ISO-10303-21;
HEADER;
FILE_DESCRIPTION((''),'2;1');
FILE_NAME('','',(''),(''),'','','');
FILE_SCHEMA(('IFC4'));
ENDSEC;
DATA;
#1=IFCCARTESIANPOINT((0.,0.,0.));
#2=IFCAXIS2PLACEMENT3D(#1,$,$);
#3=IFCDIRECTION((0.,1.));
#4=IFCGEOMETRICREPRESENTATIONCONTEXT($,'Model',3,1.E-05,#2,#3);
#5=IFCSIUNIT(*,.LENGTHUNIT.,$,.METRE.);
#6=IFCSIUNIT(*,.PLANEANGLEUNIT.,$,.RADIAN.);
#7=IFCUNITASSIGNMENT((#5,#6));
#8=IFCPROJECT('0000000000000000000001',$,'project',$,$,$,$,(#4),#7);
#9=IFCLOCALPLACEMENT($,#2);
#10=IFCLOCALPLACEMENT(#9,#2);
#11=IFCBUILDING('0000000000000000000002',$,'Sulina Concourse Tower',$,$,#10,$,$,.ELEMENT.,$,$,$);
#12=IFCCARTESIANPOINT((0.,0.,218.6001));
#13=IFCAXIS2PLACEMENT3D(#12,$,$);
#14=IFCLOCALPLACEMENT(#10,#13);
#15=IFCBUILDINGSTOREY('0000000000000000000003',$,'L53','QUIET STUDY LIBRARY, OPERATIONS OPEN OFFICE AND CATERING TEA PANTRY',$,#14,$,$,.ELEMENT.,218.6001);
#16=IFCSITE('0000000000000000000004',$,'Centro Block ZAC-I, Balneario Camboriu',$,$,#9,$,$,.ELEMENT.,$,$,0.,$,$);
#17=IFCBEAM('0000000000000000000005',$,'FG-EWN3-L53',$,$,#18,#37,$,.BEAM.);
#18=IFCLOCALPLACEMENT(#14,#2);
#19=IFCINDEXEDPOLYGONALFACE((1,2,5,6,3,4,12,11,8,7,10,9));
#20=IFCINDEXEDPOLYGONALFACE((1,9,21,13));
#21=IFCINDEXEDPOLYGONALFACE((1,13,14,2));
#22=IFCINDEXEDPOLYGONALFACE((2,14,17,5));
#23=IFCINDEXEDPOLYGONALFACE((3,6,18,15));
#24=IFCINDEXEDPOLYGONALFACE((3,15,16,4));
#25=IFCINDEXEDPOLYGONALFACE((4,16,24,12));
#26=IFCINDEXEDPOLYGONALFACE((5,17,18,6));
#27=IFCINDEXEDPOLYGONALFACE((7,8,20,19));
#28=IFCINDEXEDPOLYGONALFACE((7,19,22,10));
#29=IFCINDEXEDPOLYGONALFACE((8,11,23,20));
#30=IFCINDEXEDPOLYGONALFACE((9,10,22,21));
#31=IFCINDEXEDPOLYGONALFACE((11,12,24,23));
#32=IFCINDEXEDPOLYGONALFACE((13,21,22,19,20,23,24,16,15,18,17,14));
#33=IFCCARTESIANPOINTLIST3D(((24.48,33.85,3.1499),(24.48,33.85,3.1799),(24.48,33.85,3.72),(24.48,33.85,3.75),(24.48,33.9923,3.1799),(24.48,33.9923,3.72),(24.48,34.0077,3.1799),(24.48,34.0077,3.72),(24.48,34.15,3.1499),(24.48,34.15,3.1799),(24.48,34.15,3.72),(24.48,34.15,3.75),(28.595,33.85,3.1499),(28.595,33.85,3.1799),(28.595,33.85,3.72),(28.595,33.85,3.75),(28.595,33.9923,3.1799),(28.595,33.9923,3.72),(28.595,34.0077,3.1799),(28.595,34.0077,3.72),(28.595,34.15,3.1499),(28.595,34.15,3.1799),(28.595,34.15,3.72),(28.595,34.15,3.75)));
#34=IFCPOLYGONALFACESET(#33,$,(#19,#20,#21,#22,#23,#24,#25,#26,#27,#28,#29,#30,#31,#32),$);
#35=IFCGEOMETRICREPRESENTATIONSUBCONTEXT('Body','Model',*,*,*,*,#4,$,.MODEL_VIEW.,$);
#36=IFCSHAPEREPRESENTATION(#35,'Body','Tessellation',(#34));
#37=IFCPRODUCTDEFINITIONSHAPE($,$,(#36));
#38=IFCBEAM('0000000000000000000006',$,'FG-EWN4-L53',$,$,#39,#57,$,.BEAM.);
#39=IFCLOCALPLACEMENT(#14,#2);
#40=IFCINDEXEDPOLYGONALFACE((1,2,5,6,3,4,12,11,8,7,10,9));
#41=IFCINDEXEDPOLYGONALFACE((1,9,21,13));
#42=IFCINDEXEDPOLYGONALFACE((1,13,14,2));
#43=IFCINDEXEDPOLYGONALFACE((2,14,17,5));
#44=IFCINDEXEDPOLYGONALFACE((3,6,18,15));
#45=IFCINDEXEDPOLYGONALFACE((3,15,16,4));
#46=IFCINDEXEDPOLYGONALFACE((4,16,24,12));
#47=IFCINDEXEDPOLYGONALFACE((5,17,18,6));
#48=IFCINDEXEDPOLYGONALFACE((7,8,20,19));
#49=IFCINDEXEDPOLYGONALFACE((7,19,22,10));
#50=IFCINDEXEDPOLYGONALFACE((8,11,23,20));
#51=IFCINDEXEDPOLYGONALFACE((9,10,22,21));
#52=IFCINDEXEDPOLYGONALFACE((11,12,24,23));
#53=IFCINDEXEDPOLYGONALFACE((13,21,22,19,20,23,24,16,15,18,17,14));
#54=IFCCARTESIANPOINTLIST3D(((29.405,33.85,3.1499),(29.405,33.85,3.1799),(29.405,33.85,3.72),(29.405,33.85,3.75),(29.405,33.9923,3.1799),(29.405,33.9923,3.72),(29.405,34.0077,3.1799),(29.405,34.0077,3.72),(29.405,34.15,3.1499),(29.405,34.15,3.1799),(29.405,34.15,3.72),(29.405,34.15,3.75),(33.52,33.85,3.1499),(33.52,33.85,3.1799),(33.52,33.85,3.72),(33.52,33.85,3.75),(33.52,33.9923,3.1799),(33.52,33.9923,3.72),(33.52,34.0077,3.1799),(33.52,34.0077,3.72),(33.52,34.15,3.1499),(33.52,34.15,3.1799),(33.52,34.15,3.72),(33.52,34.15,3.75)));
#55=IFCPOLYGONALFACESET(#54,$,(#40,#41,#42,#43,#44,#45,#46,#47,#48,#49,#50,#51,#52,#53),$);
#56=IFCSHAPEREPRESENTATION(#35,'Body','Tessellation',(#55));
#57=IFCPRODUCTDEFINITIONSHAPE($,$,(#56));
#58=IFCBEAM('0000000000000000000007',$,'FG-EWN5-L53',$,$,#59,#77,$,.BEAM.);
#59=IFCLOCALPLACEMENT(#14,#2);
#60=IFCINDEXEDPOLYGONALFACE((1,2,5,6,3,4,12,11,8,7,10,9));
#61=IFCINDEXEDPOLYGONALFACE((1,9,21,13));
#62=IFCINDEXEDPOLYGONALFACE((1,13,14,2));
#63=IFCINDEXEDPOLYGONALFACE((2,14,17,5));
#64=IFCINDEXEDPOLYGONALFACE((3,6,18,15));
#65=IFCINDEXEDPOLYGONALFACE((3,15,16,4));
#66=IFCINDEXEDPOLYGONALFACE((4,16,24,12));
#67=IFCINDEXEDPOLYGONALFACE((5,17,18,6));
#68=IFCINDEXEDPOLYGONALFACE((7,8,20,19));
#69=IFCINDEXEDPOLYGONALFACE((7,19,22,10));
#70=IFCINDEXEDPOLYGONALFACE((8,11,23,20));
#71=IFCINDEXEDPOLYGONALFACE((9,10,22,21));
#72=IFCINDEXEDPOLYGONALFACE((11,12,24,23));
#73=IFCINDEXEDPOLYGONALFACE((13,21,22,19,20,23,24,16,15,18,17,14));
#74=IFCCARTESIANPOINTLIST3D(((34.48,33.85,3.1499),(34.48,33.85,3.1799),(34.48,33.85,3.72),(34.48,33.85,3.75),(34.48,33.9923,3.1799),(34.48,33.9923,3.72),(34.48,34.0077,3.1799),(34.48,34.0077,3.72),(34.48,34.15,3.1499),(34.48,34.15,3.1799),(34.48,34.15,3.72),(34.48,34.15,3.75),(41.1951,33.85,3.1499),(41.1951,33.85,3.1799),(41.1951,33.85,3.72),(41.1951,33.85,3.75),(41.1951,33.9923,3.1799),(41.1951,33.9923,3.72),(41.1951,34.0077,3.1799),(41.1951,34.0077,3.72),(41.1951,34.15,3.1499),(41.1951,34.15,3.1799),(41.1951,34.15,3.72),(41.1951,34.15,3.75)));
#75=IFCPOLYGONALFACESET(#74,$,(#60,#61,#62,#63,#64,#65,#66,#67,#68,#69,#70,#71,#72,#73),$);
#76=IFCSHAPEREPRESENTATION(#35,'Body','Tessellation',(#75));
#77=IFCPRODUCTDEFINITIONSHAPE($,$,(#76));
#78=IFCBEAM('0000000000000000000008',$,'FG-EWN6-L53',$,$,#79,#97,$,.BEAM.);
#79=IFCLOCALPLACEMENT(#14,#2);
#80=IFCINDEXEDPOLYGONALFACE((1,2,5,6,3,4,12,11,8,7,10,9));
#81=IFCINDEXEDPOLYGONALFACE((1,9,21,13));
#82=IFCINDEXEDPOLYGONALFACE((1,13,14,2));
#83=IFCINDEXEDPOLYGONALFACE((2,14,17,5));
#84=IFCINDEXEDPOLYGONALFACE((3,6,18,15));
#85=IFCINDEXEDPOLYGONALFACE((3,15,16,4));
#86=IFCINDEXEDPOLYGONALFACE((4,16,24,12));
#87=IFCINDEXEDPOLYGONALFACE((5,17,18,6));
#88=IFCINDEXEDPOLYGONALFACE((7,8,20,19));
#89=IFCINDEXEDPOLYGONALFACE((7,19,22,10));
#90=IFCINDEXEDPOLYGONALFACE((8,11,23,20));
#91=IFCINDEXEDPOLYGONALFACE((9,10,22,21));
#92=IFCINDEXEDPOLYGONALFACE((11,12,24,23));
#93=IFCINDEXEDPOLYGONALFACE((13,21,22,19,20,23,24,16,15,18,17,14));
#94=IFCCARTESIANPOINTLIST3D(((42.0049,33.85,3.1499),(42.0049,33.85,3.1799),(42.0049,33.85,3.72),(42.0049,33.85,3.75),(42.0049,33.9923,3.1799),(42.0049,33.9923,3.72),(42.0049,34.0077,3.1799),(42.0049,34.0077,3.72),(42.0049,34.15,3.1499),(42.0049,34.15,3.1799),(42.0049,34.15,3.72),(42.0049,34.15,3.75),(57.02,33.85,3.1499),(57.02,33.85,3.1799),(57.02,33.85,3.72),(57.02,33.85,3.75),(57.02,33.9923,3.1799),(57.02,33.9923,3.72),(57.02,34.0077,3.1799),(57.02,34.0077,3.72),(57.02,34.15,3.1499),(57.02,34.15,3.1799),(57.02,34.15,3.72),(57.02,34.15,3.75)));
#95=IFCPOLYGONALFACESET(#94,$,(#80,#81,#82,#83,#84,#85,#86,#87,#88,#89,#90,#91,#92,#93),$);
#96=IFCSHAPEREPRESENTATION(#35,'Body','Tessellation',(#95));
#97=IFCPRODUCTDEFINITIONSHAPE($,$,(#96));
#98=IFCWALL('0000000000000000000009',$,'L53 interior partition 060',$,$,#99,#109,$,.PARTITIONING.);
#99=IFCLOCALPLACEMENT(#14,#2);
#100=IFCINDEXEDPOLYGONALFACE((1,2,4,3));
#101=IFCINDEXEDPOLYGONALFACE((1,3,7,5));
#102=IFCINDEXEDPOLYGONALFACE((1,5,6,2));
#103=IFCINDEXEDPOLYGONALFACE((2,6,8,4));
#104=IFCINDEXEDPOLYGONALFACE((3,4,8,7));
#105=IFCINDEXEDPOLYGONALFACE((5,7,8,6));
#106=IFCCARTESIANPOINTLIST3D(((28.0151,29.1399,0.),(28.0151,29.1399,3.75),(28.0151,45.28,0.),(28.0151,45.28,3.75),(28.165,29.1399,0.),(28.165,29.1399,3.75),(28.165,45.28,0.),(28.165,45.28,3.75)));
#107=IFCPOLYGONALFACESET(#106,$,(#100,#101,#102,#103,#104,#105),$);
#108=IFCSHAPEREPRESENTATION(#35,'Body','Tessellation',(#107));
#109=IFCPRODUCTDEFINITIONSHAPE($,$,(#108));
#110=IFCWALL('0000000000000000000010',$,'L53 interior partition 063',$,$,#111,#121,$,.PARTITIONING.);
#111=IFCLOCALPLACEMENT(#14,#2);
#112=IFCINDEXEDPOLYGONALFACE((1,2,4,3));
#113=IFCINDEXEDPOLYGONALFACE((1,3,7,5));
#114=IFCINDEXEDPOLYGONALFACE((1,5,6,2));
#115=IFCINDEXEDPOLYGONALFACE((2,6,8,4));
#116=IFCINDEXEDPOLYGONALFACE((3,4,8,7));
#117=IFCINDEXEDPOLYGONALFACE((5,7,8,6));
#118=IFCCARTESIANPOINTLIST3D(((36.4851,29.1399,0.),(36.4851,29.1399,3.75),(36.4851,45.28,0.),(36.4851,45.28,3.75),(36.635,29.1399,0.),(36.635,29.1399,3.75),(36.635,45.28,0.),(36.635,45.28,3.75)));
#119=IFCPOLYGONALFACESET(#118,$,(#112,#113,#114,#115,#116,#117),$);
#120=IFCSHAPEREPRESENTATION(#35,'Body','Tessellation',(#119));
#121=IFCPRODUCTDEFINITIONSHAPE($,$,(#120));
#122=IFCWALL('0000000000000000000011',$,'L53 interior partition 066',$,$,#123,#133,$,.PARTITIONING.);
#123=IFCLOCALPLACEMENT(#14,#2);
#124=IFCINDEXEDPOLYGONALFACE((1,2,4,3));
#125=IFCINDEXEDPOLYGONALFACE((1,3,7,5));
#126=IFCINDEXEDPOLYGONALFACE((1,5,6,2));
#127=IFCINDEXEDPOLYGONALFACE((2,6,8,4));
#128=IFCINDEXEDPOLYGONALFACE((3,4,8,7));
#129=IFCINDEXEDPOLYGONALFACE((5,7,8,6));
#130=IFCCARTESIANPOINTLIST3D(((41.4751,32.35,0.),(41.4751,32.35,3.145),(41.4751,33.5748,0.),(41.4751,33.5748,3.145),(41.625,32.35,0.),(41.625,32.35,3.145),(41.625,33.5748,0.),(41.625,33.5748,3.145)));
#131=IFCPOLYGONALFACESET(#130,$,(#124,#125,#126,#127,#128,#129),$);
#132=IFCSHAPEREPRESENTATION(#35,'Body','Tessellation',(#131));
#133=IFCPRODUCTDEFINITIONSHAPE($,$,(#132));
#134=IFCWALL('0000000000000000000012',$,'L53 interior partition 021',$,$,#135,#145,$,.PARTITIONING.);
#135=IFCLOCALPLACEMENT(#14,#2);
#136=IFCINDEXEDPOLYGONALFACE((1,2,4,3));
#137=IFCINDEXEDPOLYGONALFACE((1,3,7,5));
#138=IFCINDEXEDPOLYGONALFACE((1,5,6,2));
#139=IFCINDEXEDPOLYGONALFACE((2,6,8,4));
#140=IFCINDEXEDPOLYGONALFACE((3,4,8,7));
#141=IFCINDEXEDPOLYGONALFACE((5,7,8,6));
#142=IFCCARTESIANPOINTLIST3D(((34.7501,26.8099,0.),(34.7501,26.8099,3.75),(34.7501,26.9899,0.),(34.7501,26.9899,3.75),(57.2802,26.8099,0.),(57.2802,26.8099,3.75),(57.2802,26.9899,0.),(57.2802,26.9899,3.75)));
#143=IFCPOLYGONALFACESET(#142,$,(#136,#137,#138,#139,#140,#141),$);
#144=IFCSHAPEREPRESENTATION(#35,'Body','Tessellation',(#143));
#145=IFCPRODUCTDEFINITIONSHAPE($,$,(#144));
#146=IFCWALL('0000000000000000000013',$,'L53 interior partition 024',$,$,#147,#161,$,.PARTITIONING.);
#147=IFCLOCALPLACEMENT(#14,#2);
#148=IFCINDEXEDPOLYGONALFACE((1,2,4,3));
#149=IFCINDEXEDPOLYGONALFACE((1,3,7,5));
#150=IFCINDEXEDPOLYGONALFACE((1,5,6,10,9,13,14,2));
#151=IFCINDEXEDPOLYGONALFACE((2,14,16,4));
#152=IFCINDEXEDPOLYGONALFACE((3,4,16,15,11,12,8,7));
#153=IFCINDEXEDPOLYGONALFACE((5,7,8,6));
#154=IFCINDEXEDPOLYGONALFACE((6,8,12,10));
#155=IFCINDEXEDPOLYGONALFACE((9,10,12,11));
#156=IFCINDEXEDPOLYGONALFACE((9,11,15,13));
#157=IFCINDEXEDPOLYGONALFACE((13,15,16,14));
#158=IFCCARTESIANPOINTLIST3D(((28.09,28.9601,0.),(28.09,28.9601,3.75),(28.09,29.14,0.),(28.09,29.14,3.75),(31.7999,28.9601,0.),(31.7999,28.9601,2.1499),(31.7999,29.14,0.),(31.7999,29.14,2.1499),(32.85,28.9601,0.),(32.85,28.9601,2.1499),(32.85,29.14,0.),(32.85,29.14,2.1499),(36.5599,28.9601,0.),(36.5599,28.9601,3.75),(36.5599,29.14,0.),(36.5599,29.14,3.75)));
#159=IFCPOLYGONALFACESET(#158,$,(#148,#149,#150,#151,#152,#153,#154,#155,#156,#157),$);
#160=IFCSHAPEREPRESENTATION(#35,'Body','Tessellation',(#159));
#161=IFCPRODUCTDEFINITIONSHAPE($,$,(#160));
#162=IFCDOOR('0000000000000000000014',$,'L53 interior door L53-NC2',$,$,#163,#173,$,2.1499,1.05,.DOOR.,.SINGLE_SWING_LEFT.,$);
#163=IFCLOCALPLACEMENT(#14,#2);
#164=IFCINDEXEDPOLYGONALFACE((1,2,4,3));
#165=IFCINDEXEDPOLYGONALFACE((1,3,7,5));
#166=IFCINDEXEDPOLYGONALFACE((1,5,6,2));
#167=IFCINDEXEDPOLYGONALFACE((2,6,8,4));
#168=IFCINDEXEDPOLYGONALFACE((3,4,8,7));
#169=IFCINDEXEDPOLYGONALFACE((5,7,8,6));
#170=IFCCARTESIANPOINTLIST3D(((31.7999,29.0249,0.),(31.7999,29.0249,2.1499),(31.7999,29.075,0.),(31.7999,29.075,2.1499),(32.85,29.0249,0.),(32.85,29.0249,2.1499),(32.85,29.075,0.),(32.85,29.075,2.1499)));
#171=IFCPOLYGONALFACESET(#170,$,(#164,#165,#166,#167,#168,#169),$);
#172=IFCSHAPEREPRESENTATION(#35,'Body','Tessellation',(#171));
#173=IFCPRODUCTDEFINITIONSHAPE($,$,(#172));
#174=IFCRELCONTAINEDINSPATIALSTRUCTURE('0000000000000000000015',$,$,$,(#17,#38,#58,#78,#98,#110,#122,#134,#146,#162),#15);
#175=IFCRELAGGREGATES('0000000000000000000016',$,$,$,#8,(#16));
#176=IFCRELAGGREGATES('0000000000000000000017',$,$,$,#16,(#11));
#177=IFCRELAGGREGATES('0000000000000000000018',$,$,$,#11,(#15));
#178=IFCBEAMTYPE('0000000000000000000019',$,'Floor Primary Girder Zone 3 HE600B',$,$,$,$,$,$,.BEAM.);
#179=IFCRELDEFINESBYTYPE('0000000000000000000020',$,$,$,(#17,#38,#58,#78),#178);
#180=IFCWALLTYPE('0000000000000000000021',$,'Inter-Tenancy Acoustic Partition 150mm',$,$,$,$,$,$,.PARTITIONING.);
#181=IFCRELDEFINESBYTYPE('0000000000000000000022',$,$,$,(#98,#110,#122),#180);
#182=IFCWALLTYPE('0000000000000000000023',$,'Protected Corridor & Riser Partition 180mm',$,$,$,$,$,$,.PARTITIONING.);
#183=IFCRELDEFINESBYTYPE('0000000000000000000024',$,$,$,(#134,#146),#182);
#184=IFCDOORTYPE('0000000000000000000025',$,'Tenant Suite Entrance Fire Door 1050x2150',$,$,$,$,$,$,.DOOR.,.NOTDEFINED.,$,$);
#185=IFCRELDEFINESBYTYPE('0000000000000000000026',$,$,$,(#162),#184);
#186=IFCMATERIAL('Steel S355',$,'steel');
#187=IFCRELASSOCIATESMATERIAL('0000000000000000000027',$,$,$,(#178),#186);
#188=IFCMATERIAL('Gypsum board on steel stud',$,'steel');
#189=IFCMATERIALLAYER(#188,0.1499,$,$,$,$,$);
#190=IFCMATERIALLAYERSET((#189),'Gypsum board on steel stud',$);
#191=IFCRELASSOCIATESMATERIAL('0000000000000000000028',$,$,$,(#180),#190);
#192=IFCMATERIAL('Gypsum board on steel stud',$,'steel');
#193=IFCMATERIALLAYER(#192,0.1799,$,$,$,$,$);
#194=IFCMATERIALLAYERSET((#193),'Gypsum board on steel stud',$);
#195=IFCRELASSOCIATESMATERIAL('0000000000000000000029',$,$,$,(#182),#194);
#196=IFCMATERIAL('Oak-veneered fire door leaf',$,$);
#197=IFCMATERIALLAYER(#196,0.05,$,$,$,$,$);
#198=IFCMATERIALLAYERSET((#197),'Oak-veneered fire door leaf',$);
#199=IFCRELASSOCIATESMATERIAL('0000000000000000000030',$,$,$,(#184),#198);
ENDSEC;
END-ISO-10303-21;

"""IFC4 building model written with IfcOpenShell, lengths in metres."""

from ifc_helpers import new_model, si_unit, direction, frame, frame_2d, origin, origin_2d, place, context, subcontext, project, spatial, rectangle, i_section, extrude, material, layer, layer_set, material_profile, profile_set, type_object, element, fill, save


model = new_model("IFC4")

# Units and contexts
model_context = context("Model", 3, precision=1e-05, world=origin(), true_north=direction((0.0, 1.0)))
body_context = subcontext(model_context, "Body", "Model", "MODEL_VIEW")
ifc_project = project(units=[si_unit("LENGTHUNIT", "METRE"), si_unit("PLANEANGLEUNIT", "RADIAN")], contexts=[model_context])

# Site, building, storey
site_placement = place(None, origin())
site = spatial("IfcSite", under=ifc_project, at=site_placement, Name="Centro Block ZAC-I, Balneario Camboriu", CompositionType="ELEMENT", RefElevation=0.0)
building_placement = place(site_placement, origin())
building = spatial("IfcBuilding", under=site, at=building_placement, Name="Sulina Concourse Tower", CompositionType="ELEMENT")
storey_placement = place(building_placement, frame((0.0, 0.0, 218.6001)))
storey = spatial("IfcBuildingStorey", under=building, at=storey_placement, Name="L53", Description="QUIET STUDY LIBRARY, OPERATIONS OPEN OFFICE AND CATERING TEA PANTRY", CompositionType="ELEMENT", Elevation=218.6001)

# Beams
ifc_material_1 = material(Name="Steel S355", Category="steel")
ifc_material_profile_1 = material_profile(ifc_material_1, i_section(OverallWidth=0.3, OverallDepth=0.6001, WebThickness=0.0154, FlangeThickness=0.03, at=origin_2d()), Name="HE 600 B")
ifc_profile_set_1 = profile_set([ifc_material_profile_1], Name="Steel S355")
beam_type_1 = type_object("IfcBeamType", Name="Floor Primary Girder Zone 3 HE600B", PredefinedType="BEAM", material=ifc_profile_set_1)
for number, where, z_axis, x_axis, name in (
    (1, (24.48, 34.0, 3.45), (1.0, 0.0, 0.0), (0.0, 1.0, 0.0), "FG-EWN3-L53"),
    (2, (29.405, 34.0, 3.45), (1.0, 0.0, 0.0), (0.0, 1.0, 0.0), "FG-EWN4-L53"),
):
    element("IfcBeam", number, at=place(storey_placement, frame(where, z_axis=z_axis, x_axis=x_axis)), inside=storey, type_object=beam_type_1, Name=name, PredefinedType="BEAM", context=body_context, shape_type="SweptSolid", body=[
        extrude(i_section(OverallWidth=0.3, OverallDepth=0.6001, WebThickness=0.0154, FlangeThickness=0.03, at=origin_2d()), origin(), (0.0, 0.0, 1.0), 4.115),
    ])
beam_1_placement = place(storey_placement, frame((34.48, 34.0, 3.45), z_axis=(1.0, 0.0, 0.0), x_axis=(0.0, 1.0, 0.0)))
element("IfcBeam", 3, at=beam_1_placement, inside=storey, type_object=beam_type_1, Name="FG-EWN5-L53", PredefinedType="BEAM", context=body_context, shape_type="SweptSolid", body=[
    extrude(i_section(OverallWidth=0.3, OverallDepth=0.6001, WebThickness=0.0154, FlangeThickness=0.03, at=origin_2d()), origin(), (0.0, 0.0, 1.0), 6.7151),
])
beam_2_placement = place(storey_placement, frame((42.0049, 34.0, 3.45), z_axis=(1.0, 0.0, 0.0), x_axis=(0.0, 1.0, 0.0)))
element("IfcBeam", 4, at=beam_2_placement, inside=storey, type_object=beam_type_1, Name="FG-EWN6-L53", PredefinedType="BEAM", context=body_context, shape_type="SweptSolid", body=[
    extrude(i_section(OverallWidth=0.3, OverallDepth=0.6001, WebThickness=0.0154, FlangeThickness=0.03, at=origin_2d()), origin(), (0.0, 0.0, 1.0), 15.0151),
])

# Walls
ifc_material_2 = material(Name="Gypsum board on steel stud", Category="steel")
ifc_layer_1 = layer(ifc_material_2, 0.1499)
ifc_layer_set_1 = layer_set([ifc_layer_1], Name="Gypsum board on steel stud")
wall_type_1 = type_object("IfcWallType", Name="Inter-Tenancy Acoustic Partition 150mm", PredefinedType="PARTITIONING", material=ifc_layer_set_1)
for number, where, z_axis, x_axis, name in (
    (5, (28.0901, 29.1399, 0.0), (0.0, 0.0, 1.0), (0.0, 1.0, 0.0), "L53 interior partition 060"),
    (6, (36.5601, 29.1399, 0.0), (0.0, 0.0, 1.0), (0.0, 1.0, 0.0), "L53 interior partition 063"),
):
    element("IfcWall", number, at=place(storey_placement, frame(where, z_axis=z_axis, x_axis=x_axis)), inside=storey, type_object=wall_type_1, Name=name, PredefinedType="PARTITIONING", context=body_context, shape_type="SweptSolid", body=[
        extrude(rectangle(XDim=16.1401, YDim=0.1499, at=frame_2d((8.0701, 0.0))), origin(), (0.0, 0.0, 1.0), 3.75),
    ])
wall_1_placement = place(storey_placement, frame((41.55, 32.3501, 0.0), z_axis=(0.0, 0.0, 1.0), x_axis=(0.0, 1.0, 0.0)))
element("IfcWall", 7, at=wall_1_placement, inside=storey, type_object=wall_type_1, Name="L53 interior partition 066", PredefinedType="PARTITIONING", context=body_context, shape_type="SweptSolid", body=[
    extrude(rectangle(XDim=1.2249, YDim=0.1499, at=frame_2d((0.6123, 0.0))), origin(), (0.0, 0.0, 1.0), 3.145),
])
ifc_material_3 = material(Name="Gypsum board on steel stud", Category="steel")
ifc_layer_2 = layer(ifc_material_3, 0.1799)
ifc_layer_set_2 = layer_set([ifc_layer_2], Name="Gypsum board on steel stud")
wall_type_2 = type_object("IfcWallType", Name="Protected Corridor & Riser Partition 180mm", PredefinedType="PARTITIONING", material=ifc_layer_set_2)
wall_2_placement = place(storey_placement, frame((34.75, 26.8999, 0.0), z_axis=(0.0, 0.0, 1.0), x_axis=(1.0, 0.0, 0.0)))
element("IfcWall", 8, at=wall_2_placement, inside=storey, type_object=wall_type_2, Name="L53 interior partition 021", PredefinedType="PARTITIONING", context=body_context, shape_type="SweptSolid", body=[
    extrude(rectangle(XDim=22.53, YDim=0.1799, at=frame_2d((11.2651, 0.0))), origin(), (0.0, 0.0, 1.0), 3.75),
])

# Wall, opening, door
wall_3_placement = place(storey_placement, frame((28.0901, 29.05, 0.0), z_axis=(0.0, 0.0, 1.0), x_axis=(1.0, 0.0, 0.0)))
wall_3 = element("IfcWall", 9, at=wall_3_placement, inside=storey, type_object=wall_type_2, Name="L53 interior partition 024", PredefinedType="PARTITIONING", context=body_context, shape_type="SweptSolid", body=[
    extrude(rectangle(XDim=8.47, YDim=0.1799, at=frame_2d((4.2349, 0.0))), origin(), (0.0, 0.0, 1.0), 3.75),
])
opening_1_placement = place(wall_3_placement, frame((3.71, 0.0, 0.0)))
opening_1 = element("IfcOpeningElement", 10, at=opening_1_placement, cuts=wall_3, PredefinedType="OPENING", context=body_context, shape_type="SweptSolid", body=[
    extrude(rectangle(XDim=1.05, YDim=2.1499, at=frame_2d((0.5249, 1.075))), frame((0.0, 0.0999, 0.0), z_axis=(0.0, -1.0, 0.0), x_axis=(1.0, 0.0, 0.0)), (0.0, 0.0, 1.0), 0.2),
])
ifc_material_4 = material(Name="Oak-veneered fire door leaf")
ifc_layer_3 = layer(ifc_material_4, 0.05)
ifc_layer_set_3 = layer_set([ifc_layer_3], Name="Oak-veneered fire door leaf")
door_type_1 = type_object("IfcDoorType", Name="Tenant Suite Entrance Fire Door 1050x2150", OperationType="NOTDEFINED", PredefinedType="DOOR", material=ifc_layer_set_3)
door_1_placement = place(opening_1_placement, origin())
door_1 = element("IfcDoor", 11, at=door_1_placement, inside=storey, type_object=door_type_1, Name="L53 interior door L53-NC2", OperationType="SINGLE_SWING_LEFT", OverallHeight=2.1499, OverallWidth=1.05, PredefinedType="DOOR", context=body_context, shape_type="SweptSolid", body=[
    extrude(rectangle(XDim=1.05, YDim=2.1499, at=frame_2d((0.5249, 1.075))), frame((0.0, 0.0249, 0.0), z_axis=(0.0, -1.0, 0.0), x_axis=(1.0, 0.0, 0.0)), (0.0, 0.0, 1.0), 0.05),
])
fill(opening_1, door_1)

save(model, "model.ifc")
